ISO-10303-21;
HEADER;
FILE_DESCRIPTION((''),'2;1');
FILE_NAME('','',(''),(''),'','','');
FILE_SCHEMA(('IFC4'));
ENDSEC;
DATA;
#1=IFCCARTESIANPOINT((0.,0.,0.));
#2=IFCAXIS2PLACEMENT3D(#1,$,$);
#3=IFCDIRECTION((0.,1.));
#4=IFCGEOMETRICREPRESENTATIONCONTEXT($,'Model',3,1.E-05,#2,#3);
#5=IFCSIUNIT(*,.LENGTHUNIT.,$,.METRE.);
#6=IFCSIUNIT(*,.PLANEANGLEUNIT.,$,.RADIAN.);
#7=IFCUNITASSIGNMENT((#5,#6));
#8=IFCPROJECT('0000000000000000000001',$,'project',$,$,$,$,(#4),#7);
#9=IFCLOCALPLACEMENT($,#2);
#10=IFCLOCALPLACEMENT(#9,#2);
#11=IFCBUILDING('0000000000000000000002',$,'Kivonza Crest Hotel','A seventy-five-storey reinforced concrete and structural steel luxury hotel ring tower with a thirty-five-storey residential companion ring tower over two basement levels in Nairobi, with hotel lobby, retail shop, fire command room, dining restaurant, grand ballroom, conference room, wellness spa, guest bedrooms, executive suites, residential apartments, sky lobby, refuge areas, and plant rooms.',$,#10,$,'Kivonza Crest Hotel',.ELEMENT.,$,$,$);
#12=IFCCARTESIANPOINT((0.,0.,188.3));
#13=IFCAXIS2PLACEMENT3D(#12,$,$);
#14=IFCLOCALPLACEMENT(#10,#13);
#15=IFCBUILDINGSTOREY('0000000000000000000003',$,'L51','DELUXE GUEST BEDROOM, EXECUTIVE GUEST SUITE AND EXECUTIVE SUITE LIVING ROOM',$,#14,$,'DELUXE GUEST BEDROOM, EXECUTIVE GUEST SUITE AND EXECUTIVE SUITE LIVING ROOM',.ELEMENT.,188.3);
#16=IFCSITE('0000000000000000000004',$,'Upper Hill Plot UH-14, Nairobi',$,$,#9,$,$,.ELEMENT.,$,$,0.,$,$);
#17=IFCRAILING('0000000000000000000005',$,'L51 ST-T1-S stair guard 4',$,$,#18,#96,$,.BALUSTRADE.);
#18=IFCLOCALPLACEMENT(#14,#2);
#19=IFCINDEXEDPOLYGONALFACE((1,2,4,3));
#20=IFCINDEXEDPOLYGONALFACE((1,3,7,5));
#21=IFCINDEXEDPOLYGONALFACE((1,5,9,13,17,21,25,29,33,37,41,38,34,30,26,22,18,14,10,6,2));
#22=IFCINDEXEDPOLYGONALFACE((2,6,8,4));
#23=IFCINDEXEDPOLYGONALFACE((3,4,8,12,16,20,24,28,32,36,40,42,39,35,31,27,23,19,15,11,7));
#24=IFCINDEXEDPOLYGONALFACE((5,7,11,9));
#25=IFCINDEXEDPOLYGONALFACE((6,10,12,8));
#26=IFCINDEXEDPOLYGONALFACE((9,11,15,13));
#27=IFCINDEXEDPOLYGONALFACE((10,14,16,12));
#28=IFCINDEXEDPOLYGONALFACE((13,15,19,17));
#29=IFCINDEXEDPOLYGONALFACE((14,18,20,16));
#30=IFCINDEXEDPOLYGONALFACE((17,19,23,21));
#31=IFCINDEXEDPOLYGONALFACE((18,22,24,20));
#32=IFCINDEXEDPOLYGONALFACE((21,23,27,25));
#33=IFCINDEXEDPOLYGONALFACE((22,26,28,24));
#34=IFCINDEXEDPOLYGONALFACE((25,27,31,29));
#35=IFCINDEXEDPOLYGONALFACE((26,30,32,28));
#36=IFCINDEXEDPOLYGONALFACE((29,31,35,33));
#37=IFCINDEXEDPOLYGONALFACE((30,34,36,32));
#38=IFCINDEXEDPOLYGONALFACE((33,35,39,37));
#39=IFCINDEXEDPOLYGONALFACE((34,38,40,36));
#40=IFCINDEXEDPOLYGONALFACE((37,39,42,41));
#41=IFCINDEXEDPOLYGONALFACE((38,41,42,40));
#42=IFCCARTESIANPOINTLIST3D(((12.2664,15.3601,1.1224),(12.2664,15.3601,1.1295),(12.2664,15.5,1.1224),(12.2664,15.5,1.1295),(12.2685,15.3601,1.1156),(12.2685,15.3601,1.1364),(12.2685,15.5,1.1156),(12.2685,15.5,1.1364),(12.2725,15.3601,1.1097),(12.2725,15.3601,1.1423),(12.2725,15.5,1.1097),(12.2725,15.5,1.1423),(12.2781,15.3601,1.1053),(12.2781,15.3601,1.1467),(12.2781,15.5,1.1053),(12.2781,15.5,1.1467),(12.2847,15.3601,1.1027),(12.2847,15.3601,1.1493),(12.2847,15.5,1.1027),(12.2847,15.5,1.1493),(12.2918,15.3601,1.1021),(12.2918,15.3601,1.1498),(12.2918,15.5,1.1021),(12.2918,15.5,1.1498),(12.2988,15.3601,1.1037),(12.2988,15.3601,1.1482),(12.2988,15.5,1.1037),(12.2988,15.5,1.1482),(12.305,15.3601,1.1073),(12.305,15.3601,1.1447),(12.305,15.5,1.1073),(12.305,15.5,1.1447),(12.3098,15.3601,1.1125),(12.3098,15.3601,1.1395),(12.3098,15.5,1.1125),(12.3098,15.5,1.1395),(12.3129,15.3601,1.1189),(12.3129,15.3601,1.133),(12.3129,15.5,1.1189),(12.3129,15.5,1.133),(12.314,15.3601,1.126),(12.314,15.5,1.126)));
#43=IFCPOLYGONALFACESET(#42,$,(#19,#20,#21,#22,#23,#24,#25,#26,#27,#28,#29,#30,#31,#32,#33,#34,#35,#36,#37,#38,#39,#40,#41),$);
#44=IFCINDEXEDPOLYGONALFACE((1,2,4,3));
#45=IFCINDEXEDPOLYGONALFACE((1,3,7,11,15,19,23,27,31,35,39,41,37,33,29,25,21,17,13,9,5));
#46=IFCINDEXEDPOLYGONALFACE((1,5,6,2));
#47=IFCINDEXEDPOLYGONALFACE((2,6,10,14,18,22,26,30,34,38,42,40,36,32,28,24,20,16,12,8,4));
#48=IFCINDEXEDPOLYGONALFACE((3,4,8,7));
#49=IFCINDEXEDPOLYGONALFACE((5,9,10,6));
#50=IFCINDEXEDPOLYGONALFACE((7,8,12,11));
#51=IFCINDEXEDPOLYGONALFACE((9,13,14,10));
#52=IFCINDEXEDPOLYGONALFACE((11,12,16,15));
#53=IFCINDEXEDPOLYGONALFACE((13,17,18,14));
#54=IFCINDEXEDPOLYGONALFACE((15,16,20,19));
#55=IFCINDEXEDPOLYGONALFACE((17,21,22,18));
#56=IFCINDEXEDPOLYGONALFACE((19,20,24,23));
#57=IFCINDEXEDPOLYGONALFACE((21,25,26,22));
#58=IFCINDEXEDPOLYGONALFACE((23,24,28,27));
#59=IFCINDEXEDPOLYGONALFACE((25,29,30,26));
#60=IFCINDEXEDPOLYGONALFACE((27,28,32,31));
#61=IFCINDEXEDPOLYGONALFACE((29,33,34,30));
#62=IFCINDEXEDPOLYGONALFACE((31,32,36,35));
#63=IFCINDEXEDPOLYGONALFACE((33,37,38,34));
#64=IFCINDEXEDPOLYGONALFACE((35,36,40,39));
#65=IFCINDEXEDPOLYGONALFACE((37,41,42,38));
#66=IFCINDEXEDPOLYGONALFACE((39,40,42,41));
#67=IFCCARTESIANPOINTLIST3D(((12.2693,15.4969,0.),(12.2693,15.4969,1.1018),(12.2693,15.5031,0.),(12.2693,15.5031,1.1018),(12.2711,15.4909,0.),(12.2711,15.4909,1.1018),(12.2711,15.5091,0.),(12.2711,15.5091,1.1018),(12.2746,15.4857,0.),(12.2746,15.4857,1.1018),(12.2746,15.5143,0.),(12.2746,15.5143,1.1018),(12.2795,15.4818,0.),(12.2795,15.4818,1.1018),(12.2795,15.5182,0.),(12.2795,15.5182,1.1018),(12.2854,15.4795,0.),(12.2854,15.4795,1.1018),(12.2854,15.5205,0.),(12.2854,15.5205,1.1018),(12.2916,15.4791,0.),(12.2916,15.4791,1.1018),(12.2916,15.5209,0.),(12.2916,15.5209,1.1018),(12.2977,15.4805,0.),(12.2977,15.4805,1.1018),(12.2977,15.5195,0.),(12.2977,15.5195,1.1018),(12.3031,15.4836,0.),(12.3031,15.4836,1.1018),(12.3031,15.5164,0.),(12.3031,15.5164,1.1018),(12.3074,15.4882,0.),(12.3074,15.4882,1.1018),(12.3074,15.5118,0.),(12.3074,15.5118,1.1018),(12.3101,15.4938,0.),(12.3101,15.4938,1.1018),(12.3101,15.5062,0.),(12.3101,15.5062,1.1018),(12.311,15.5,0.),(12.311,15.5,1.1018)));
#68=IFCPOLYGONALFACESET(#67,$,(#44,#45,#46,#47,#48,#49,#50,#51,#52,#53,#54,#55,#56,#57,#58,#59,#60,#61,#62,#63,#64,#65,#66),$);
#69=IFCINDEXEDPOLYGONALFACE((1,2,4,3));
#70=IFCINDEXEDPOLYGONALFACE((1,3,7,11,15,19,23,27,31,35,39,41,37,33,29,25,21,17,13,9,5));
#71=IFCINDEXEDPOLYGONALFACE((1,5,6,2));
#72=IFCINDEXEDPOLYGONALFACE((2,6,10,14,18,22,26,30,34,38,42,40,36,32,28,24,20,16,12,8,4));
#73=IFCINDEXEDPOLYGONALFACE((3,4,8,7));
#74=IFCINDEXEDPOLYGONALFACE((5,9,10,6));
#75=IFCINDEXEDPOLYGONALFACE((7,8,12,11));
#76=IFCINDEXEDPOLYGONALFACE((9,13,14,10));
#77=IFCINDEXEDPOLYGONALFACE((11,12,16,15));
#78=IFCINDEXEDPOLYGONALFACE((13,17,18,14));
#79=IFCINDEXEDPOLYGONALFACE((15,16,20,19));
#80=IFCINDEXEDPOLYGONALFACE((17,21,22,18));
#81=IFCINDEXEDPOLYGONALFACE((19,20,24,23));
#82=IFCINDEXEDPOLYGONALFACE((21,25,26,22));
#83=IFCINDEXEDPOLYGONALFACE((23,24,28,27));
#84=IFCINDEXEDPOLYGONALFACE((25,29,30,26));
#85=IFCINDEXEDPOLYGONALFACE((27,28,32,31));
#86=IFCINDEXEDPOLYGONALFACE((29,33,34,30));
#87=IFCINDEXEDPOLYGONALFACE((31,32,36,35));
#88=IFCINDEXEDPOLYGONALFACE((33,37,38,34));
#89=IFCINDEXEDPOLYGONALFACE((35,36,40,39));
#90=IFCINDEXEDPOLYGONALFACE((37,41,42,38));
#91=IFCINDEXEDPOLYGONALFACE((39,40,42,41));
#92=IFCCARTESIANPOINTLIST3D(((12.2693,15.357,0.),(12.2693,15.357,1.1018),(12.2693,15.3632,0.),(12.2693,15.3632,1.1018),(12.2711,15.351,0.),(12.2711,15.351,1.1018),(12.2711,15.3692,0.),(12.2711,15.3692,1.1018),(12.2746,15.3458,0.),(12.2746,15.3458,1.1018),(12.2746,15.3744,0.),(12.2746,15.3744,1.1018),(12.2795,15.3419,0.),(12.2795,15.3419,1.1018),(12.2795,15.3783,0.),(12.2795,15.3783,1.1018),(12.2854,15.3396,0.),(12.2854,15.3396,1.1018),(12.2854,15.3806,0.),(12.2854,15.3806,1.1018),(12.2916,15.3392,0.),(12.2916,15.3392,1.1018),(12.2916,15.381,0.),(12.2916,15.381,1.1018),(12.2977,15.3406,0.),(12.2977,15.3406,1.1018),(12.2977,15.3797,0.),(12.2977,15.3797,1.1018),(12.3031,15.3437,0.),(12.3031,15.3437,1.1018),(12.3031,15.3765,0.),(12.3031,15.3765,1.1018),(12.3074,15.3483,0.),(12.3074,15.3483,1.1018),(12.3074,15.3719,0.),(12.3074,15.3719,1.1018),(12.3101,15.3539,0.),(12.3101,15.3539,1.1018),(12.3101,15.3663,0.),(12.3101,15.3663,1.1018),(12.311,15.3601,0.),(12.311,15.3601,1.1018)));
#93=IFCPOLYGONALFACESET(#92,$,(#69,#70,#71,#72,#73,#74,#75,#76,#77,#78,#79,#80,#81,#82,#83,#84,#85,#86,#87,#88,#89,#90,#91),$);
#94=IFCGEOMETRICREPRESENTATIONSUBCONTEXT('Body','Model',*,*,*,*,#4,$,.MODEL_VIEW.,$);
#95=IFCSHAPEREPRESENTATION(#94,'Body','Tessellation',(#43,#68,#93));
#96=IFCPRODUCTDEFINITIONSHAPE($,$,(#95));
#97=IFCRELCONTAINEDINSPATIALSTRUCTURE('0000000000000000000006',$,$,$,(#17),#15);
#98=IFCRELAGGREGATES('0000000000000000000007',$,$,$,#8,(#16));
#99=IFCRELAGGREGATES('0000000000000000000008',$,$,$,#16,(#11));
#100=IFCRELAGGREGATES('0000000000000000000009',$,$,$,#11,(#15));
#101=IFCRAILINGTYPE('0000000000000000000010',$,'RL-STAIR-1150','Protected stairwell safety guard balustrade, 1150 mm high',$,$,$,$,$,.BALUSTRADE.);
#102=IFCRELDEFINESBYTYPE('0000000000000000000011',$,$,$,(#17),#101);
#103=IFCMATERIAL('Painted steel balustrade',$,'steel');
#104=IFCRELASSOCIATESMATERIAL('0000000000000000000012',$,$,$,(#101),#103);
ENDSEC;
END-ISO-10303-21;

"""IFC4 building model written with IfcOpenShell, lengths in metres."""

from ifc_helpers import new_model, si_unit, direction, frame, origin, origin_2d, place, context, subcontext, project, spatial, circle, extrude, material, type_object, element, save


model = new_model("IFC4")

# Units and contexts
model_context = context("Model", 3, precision=1e-05, world=origin(), true_north=direction((0.0, 1.0)))
body_context = subcontext(model_context, "Body", "Model", "MODEL_VIEW")
ifc_project = project(units=[si_unit("LENGTHUNIT", "METRE"), si_unit("PLANEANGLEUNIT", "RADIAN")], contexts=[model_context])

# Site, building, storey
site_placement = place(None, origin())
site = spatial("IfcSite", under=ifc_project, at=site_placement, Name="Upper Hill Plot UH-14, Nairobi", CompositionType="ELEMENT", RefElevation=0.0)
building_placement = place(site_placement, origin())
building = spatial("IfcBuilding", under=site, at=building_placement, Name="Kivonza Crest Hotel", Description="A seventy-five-storey reinforced concrete and structural steel luxury hotel ring tower with a thirty-five-storey residential companion ring tower over two basement levels in Nairobi, with hotel lobby, retail shop, fire command room, dining restaurant, grand ballroom, conference room, wellness spa, guest bedrooms, executive suites, residential apartments, sky lobby, refuge areas, and plant rooms.", LongName="Kivonza Crest Hotel", CompositionType="ELEMENT")
storey_placement = place(building_placement, frame((0.0, 0.0, 188.3)))
storey = spatial("IfcBuildingStorey", under=building, at=storey_placement, Name="L51", Description="DELUXE GUEST BEDROOM, EXECUTIVE GUEST SUITE AND EXECUTIVE SUITE LIVING ROOM", LongName="DELUXE GUEST BEDROOM, EXECUTIVE GUEST SUITE AND EXECUTIVE SUITE LIVING ROOM", CompositionType="ELEMENT", Elevation=188.3)

# Railing
ifc_material_1 = material(Name="Painted steel balustrade", Category="steel")
railing_type_1 = type_object("IfcRailingType", Name="RL-STAIR-1150", Description="Protected stairwell safety guard balustrade, 1150 mm high", PredefinedType="BALUSTRADE", material=ifc_material_1)
railing_1_placement = place(storey_placement, frame((12.29, 15.5, 0.0)))
element("IfcRailing", 1, at=railing_1_placement, inside=storey, type_object=railing_type_1, Name="L51 ST-T1-S stair guard 4", PredefinedType="BALUSTRADE", context=body_context, shape_type="SweptSolid", body=[
    extrude(circle(Radius=0.0239, at=origin_2d()), frame((0.0, 0.0, 1.126), z_axis=(0.0, -1.0, 0.0), x_axis=(1.0, 0.0, 0.0)), (0.0, 0.0, 1.0), 0.1399),
    extrude(circle(Radius=0.021, at=origin_2d()), origin(), (0.0, 0.0, 1.0), 1.1018),
    extrude(circle(Radius=0.021, at=origin_2d()), frame((0.0, -0.1399, 0.0)), (0.0, 0.0, 1.0), 1.1018),
])

save(model, "model.ifc")
